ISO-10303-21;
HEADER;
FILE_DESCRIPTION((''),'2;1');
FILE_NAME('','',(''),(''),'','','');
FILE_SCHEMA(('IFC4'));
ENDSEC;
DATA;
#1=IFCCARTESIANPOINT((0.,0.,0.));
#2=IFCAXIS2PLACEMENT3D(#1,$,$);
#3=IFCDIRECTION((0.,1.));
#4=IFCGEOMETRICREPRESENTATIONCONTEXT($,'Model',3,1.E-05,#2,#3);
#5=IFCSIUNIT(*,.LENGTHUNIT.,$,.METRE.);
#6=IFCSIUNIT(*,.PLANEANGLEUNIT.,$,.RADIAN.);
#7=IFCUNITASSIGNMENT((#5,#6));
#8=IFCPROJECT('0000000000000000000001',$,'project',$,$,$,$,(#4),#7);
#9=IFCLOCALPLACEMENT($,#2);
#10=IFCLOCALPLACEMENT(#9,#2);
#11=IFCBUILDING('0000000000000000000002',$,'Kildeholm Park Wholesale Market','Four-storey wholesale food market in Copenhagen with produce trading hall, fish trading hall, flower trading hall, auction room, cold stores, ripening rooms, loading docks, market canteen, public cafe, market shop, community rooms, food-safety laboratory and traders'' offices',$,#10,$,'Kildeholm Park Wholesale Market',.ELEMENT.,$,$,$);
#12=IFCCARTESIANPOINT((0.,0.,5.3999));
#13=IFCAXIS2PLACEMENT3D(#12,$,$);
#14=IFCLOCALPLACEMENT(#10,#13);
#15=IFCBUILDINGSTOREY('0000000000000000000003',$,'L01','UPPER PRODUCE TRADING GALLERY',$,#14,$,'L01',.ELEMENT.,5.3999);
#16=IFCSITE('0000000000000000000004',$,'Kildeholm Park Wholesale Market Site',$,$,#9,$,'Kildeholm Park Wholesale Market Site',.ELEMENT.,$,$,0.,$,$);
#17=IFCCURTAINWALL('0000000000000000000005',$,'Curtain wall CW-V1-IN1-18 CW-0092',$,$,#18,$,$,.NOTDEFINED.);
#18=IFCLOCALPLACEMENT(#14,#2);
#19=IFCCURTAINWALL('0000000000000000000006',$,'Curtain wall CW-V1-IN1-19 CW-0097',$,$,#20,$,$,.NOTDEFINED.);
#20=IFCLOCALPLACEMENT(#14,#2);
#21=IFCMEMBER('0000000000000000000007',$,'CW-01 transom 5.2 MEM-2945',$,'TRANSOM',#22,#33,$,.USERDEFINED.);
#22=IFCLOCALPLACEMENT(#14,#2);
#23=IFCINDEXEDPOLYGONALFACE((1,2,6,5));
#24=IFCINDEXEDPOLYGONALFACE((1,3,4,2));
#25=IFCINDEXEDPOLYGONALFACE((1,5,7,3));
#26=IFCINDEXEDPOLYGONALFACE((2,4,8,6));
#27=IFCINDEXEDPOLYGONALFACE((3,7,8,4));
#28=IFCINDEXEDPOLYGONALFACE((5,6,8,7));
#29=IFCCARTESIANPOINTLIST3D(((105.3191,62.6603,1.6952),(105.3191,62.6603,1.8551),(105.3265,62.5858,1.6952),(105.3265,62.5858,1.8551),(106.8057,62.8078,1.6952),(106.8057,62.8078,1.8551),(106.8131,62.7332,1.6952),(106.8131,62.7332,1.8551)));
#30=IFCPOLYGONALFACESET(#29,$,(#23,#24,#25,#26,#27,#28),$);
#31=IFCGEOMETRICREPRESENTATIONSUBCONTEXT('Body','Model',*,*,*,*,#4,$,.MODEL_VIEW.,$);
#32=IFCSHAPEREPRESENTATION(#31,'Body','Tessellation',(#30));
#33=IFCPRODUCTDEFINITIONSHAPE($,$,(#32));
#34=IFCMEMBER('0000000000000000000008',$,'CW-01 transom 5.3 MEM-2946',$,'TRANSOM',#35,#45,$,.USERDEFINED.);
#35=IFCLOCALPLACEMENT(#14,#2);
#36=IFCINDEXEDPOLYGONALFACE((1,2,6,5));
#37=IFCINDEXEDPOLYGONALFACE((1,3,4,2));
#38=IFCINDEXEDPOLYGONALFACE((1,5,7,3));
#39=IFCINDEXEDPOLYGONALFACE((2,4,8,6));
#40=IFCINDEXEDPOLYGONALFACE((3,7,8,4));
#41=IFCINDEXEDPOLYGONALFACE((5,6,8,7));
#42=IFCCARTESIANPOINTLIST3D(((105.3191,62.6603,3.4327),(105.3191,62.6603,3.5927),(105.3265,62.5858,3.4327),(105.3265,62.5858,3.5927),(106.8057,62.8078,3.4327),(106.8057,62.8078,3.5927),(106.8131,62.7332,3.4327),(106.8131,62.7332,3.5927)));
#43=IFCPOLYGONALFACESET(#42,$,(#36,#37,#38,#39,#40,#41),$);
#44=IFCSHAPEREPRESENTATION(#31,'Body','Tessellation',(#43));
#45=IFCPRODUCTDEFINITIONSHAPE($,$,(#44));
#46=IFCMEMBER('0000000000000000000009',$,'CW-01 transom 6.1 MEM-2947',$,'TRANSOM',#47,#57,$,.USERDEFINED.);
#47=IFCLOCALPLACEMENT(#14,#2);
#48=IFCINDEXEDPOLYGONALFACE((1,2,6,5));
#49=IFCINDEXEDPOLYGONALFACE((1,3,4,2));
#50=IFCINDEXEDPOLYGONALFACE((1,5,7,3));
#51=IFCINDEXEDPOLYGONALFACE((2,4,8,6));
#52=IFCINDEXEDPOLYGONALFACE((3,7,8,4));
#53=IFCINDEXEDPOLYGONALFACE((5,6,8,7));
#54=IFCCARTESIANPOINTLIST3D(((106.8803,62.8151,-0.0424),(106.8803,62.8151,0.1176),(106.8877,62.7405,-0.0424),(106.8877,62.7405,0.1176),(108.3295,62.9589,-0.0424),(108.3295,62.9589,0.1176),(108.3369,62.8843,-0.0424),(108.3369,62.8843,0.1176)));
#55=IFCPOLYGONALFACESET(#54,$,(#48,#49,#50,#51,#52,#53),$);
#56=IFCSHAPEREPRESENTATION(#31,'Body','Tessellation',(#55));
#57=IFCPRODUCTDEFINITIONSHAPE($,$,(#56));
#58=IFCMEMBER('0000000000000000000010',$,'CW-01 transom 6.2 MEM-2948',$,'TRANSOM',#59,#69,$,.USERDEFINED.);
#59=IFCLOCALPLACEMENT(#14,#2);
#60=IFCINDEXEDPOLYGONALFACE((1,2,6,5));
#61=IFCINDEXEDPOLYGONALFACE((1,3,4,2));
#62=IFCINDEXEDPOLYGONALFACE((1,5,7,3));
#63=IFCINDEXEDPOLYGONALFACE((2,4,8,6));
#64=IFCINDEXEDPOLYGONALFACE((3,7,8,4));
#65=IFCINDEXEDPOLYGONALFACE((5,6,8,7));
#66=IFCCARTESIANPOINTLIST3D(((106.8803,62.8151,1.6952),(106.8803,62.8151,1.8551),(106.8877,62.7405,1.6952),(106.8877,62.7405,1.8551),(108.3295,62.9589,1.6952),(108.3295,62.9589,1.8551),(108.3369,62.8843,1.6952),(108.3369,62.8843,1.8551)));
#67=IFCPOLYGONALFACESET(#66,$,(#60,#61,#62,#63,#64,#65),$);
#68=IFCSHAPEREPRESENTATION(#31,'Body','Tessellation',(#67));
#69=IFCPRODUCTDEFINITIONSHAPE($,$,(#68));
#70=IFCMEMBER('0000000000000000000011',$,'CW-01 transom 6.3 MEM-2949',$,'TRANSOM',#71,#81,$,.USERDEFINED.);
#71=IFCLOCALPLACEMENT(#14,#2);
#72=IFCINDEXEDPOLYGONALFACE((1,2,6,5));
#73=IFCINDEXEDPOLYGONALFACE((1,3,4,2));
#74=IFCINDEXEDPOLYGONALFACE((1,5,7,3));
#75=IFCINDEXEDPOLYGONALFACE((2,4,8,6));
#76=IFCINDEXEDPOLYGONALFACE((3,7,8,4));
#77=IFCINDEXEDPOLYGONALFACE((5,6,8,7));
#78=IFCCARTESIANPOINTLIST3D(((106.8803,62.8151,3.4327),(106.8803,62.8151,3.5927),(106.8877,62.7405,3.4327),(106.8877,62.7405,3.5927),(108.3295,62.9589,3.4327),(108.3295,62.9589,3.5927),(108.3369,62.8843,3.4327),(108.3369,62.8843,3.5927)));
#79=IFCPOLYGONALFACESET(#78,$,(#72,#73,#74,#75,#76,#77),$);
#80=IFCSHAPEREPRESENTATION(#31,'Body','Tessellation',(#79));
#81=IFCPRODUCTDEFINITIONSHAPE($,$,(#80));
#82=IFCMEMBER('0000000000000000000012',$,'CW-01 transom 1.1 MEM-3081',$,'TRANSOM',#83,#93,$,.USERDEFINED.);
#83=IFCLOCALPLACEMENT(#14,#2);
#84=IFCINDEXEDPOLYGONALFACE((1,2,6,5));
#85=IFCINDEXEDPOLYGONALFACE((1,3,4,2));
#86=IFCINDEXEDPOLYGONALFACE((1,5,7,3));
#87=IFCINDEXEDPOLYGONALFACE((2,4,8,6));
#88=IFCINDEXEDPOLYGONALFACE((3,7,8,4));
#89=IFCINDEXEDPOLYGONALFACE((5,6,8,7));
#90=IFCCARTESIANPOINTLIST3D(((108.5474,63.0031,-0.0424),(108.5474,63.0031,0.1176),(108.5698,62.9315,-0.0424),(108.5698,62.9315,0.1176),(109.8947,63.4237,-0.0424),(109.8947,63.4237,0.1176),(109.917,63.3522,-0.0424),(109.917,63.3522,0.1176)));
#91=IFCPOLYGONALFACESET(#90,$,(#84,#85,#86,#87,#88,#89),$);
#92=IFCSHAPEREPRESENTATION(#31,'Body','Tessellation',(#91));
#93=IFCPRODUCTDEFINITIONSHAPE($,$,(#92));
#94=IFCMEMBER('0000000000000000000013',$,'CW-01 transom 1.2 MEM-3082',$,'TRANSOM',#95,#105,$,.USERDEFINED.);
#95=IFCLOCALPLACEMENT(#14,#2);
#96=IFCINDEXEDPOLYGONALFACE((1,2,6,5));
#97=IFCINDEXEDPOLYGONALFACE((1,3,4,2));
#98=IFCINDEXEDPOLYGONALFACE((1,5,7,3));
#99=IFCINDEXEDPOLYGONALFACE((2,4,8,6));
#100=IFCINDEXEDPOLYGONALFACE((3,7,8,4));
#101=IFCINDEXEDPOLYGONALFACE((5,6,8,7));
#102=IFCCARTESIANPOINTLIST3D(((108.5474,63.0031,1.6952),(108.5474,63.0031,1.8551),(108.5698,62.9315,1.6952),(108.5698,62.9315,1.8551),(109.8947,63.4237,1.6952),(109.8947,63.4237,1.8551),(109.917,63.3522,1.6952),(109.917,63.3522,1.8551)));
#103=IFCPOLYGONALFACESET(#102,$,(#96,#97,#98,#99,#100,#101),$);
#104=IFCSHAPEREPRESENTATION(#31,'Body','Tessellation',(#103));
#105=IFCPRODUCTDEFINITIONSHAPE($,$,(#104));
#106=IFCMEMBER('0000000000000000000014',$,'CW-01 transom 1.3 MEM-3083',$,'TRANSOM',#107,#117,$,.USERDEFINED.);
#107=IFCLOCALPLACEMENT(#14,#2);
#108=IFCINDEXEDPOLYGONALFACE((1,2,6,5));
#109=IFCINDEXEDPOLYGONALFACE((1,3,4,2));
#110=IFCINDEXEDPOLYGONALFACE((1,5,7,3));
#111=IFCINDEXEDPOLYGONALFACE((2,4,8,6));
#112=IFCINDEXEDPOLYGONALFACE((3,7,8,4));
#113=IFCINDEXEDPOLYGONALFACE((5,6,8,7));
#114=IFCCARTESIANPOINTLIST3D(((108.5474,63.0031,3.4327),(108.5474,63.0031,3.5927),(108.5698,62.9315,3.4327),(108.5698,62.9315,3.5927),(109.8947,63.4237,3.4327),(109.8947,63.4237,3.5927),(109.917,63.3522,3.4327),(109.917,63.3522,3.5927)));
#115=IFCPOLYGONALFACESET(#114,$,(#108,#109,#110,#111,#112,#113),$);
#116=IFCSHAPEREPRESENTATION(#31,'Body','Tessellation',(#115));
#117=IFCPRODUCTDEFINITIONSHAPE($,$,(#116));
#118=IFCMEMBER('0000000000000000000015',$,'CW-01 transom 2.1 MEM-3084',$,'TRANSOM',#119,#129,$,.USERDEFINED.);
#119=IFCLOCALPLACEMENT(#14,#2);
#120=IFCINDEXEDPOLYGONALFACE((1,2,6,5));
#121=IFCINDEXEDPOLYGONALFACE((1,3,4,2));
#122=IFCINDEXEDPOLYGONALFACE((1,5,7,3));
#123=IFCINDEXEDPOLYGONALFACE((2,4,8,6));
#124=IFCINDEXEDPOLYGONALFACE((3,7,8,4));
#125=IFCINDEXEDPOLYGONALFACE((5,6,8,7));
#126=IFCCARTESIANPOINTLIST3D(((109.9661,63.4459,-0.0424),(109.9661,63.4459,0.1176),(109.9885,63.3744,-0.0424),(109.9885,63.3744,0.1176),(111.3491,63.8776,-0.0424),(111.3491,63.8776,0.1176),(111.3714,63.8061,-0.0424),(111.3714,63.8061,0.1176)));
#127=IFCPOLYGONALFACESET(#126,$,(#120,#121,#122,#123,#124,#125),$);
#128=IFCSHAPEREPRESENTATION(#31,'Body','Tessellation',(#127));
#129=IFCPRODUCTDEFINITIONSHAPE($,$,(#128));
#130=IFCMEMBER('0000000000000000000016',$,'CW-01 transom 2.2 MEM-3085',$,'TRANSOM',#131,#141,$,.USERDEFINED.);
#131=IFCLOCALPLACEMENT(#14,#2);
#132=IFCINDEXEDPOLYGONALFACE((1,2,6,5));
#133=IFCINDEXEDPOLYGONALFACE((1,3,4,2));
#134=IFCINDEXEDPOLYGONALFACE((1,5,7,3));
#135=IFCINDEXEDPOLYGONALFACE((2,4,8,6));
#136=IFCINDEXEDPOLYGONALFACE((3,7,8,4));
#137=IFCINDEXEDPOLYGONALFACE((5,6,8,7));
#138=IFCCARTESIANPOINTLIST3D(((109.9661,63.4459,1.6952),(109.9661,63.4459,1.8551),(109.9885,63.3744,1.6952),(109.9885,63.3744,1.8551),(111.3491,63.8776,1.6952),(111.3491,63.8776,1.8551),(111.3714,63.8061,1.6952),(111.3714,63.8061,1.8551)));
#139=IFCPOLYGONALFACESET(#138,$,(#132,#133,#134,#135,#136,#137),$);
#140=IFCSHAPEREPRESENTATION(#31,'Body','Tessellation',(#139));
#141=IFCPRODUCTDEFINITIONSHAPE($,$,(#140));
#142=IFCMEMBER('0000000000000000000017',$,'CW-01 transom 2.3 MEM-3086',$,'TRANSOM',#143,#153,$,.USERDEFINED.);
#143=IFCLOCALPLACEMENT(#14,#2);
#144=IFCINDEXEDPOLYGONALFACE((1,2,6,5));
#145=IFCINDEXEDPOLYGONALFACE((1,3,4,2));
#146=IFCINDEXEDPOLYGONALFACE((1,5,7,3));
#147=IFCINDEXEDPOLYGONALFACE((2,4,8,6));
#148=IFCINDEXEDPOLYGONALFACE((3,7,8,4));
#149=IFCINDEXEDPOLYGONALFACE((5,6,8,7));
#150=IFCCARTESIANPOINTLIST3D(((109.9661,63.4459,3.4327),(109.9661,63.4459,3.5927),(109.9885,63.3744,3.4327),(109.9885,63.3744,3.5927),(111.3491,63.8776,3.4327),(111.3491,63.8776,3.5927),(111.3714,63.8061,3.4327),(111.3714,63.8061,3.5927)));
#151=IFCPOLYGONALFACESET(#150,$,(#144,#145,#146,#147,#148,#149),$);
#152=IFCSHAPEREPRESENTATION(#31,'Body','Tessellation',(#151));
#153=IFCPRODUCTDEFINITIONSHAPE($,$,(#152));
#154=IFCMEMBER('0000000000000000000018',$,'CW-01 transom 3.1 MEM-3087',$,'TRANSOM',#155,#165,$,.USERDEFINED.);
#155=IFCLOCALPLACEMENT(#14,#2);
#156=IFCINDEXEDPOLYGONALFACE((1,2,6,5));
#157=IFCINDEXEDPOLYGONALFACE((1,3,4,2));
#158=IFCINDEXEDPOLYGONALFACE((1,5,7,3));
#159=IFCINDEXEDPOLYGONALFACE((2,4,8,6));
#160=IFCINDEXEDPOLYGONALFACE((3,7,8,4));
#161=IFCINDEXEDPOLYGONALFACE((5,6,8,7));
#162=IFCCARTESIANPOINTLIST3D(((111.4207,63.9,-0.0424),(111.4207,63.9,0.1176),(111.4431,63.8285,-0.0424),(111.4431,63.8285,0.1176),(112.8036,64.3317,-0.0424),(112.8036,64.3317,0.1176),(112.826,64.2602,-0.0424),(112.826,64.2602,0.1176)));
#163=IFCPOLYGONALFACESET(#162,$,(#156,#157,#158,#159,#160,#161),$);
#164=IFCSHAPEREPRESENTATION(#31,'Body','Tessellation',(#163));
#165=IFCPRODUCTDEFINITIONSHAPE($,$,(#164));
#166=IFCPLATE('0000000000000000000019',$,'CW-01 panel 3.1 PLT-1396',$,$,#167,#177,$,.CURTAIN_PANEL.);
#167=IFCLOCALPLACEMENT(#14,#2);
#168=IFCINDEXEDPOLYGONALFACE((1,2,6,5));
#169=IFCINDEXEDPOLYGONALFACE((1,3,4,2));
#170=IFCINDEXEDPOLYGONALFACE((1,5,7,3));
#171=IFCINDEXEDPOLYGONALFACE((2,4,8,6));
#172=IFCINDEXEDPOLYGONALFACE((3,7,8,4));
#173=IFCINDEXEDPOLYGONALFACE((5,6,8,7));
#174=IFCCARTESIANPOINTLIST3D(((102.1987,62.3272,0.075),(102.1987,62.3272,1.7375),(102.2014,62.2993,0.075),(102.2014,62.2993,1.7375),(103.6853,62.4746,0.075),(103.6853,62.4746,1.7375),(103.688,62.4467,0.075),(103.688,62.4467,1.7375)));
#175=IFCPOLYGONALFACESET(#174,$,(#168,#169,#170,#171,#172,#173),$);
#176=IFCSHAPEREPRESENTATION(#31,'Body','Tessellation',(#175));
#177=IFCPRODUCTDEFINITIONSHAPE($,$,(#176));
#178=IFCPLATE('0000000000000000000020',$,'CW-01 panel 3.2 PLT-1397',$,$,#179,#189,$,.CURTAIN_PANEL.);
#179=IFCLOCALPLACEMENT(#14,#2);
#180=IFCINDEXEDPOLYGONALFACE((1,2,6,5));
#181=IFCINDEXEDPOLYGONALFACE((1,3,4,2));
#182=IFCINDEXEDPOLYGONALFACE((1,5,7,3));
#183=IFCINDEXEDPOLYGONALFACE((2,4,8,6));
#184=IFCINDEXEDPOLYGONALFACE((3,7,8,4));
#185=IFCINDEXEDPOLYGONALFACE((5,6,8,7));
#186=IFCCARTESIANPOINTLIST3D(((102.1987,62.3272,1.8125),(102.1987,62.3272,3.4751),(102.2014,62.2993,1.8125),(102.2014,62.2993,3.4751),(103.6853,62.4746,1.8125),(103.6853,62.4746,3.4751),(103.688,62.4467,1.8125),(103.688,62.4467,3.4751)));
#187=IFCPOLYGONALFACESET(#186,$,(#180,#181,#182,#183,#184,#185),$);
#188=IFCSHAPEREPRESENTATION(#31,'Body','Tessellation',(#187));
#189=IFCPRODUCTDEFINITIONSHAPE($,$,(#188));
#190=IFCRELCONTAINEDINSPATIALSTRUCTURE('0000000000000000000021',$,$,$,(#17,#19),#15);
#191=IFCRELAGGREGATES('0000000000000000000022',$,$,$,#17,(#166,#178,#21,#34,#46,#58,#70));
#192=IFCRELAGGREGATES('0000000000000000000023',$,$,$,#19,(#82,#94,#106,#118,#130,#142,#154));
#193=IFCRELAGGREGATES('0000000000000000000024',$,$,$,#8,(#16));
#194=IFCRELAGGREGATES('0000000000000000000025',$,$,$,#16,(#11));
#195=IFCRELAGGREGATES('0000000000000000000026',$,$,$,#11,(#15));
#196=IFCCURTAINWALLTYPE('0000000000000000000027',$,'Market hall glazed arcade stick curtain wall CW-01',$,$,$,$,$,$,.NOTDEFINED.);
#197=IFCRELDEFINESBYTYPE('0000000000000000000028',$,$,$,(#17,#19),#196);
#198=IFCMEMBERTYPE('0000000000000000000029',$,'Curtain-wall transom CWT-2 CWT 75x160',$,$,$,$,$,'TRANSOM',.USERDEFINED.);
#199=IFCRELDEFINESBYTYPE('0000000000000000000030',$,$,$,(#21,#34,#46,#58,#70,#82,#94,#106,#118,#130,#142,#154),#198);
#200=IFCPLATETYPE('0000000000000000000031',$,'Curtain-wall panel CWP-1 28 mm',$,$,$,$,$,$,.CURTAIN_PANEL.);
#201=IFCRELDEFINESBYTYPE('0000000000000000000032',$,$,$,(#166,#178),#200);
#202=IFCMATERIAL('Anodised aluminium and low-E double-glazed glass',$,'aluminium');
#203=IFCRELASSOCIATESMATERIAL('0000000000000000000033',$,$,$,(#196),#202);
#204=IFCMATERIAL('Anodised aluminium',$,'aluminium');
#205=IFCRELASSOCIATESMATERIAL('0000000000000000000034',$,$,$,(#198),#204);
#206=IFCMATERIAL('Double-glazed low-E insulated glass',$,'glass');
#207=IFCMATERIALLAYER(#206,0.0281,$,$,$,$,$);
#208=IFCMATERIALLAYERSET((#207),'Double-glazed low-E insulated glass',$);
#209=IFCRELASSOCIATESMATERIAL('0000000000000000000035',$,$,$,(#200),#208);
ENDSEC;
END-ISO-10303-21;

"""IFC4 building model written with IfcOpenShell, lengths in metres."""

from ifc_helpers import new_model, si_unit, direction, frame, origin, origin_2d, place, context, subcontext, project, spatial, rectangle, extrude, material, layer, layer_set, material_profile, profile_set, type_object, element, aggregate, save


model = new_model("IFC4")

# Units and contexts
model_context = context("Model", 3, precision=1e-05, world=origin(), true_north=direction((0.0, 1.0)))
body_context = subcontext(model_context, "Body", "Model", "MODEL_VIEW")
ifc_project = project(units=[si_unit("LENGTHUNIT", "METRE"), si_unit("PLANEANGLEUNIT", "RADIAN")], contexts=[model_context])

# Site, building, storey
site_placement = place(None, origin())
site = spatial("IfcSite", under=ifc_project, at=site_placement, Name="Kildeholm Park Wholesale Market Site", LongName="Kildeholm Park Wholesale Market Site", CompositionType="ELEMENT", RefElevation=0.0)
building_placement = place(site_placement, origin())
building = spatial("IfcBuilding", under=site, at=building_placement, Name="Kildeholm Park Wholesale Market", Description="Four-storey wholesale food market in Copenhagen with produce trading hall, fish trading hall, flower trading hall, auction room, cold stores, ripening rooms, loading docks, market canteen, public cafe, market shop, community rooms, food-safety laboratory and traders' offices", LongName="Kildeholm Park Wholesale Market", CompositionType="ELEMENT")
storey_placement = place(building_placement, frame((0.0, 0.0, 5.3999)))
storey = spatial("IfcBuildingStorey", under=building, at=storey_placement, Name="L01", Description="UPPER PRODUCE TRADING GALLERY", LongName="L01", CompositionType="ELEMENT", Elevation=5.3999)

# Curtain walls
ifc_material_1 = material(Name="Anodised aluminium and low-E double-glazed glass", Category="aluminium")
curtain_wall_type = type_object("IfcCurtainWallType", Name="Market hall glazed arcade stick curtain wall CW-01", PredefinedType="NOTDEFINED", material=ifc_material_1)
curtain_wall_1_placement = place(storey_placement, origin())
curtain_wall_1 = element("IfcCurtainWall", 1, at=curtain_wall_1_placement, inside=storey, type_object=curtain_wall_type, Name="Curtain wall CW-V1-IN1-18 CW-0092", PredefinedType="NOTDEFINED")
ifc_material_2 = material(Name="Anodised aluminium", Category="aluminium")
curtain_wall_2_placement = place(storey_placement, origin())
curtain_wall_2 = element("IfcCurtainWall", 2, at=curtain_wall_2_placement, inside=storey, type_object=curtain_wall_type, Name="Curtain wall CW-V1-IN1-19 CW-0097", PredefinedType="NOTDEFINED")

# Members
ifc_material_profile_1 = material_profile(ifc_material_2, rectangle(XDim=0.075, YDim=0.1599, at=origin_2d()), Name="CWT 75x160")
ifc_profile_set_1 = profile_set([ifc_material_profile_1], Name="Anodised aluminium")
member_type_1 = type_object("IfcMemberType", Name="Curtain-wall transom CWT-2 CWT 75x160", ElementType="TRANSOM", PredefinedType="USERDEFINED", material=ifc_profile_set_1)
member_1_placement = place(storey_placement, frame((105.3228, 62.623, 1.7751), z_axis=(0.995116, 0.098711, 0.0), x_axis=(-0.098711, 0.995116, 0.0)))
member_1 = element("IfcMember", 3, at=member_1_placement, type_object=member_type_1, Name="CW-01 transom 5.2 MEM-2945", ObjectType="TRANSOM", PredefinedType="USERDEFINED", context=body_context, shape_type="SweptSolid", body=[
    extrude(rectangle(XDim=0.075, YDim=0.1599, at=origin_2d()), origin(), (0.0, 0.0, 1.0), 1.4939),
])
member_2_placement = place(storey_placement, frame((105.3228, 62.623, 3.5127), z_axis=(0.995116, 0.098711, 0.0), x_axis=(-0.098711, 0.995116, 0.0)))
member_2 = element("IfcMember", 4, at=member_2_placement, type_object=member_type_1, Name="CW-01 transom 5.3 MEM-2946", ObjectType="TRANSOM", PredefinedType="USERDEFINED", context=body_context, shape_type="SweptSolid", body=[
    extrude(rectangle(XDim=0.075, YDim=0.1599, at=origin_2d()), origin(), (0.0, 0.0, 1.0), 1.4939),
])
member_3_placement = place(storey_placement, frame((106.884, 62.7778, 0.0376), z_axis=(0.995113, 0.09874, 0.0), x_axis=(-0.09874, 0.995113, 0.0)))
member_3 = element("IfcMember", 5, at=member_3_placement, type_object=member_type_1, Name="CW-01 transom 6.1 MEM-2947", ObjectType="TRANSOM", PredefinedType="USERDEFINED", context=body_context, shape_type="SweptSolid", body=[
    extrude(rectangle(XDim=0.075, YDim=0.1599, at=origin_2d()), origin(), (0.0, 0.0, 1.0), 1.4563),
])
member_4_placement = place(storey_placement, frame((106.884, 62.7778, 1.7751), z_axis=(0.995113, 0.09874, 0.0), x_axis=(-0.09874, 0.995113, 0.0)))
member_4 = element("IfcMember", 6, at=member_4_placement, type_object=member_type_1, Name="CW-01 transom 6.2 MEM-2948", ObjectType="TRANSOM", PredefinedType="USERDEFINED", context=body_context, shape_type="SweptSolid", body=[
    extrude(rectangle(XDim=0.075, YDim=0.1599, at=origin_2d()), origin(), (0.0, 0.0, 1.0), 1.4563),
])
member_5_placement = place(storey_placement, frame((106.884, 62.7778, 3.5127), z_axis=(0.995113, 0.09874, 0.0), x_axis=(-0.09874, 0.995113, 0.0)))
member_5 = element("IfcMember", 7, at=member_5_placement, type_object=member_type_1, Name="CW-01 transom 6.3 MEM-2949", ObjectType="TRANSOM", PredefinedType="USERDEFINED", context=body_context, shape_type="SweptSolid", body=[
    extrude(rectangle(XDim=0.075, YDim=0.1599, at=origin_2d()), origin(), (0.0, 0.0, 1.0), 1.4563),
])
member_6_placement = place(storey_placement, frame((108.5586, 62.9673, 0.0376), z_axis=(0.954548, 0.298058, 0.0), x_axis=(-0.298058, 0.954548, 0.0)))
member_6 = element("IfcMember", 8, at=member_6_placement, type_object=member_type_1, Name="CW-01 transom 1.1 MEM-3081", ObjectType="TRANSOM", PredefinedType="USERDEFINED", context=body_context, shape_type="SweptSolid", body=[
    extrude(rectangle(XDim=0.075, YDim=0.1599, at=origin_2d()), origin(), (0.0, 0.0, 1.0), 1.4114),
])
member_7_placement = place(storey_placement, frame((108.5586, 62.9673, 1.7751), z_axis=(0.954548, 0.298058, 0.0), x_axis=(-0.298058, 0.954548, 0.0)))
member_7 = element("IfcMember", 9, at=member_7_placement, type_object=member_type_1, Name="CW-01 transom 1.2 MEM-3082", ObjectType="TRANSOM", PredefinedType="USERDEFINED", context=body_context, shape_type="SweptSolid", body=[
    extrude(rectangle(XDim=0.075, YDim=0.1599, at=origin_2d()), origin(), (0.0, 0.0, 1.0), 1.4114),
])
member_8_placement = place(storey_placement, frame((108.5586, 62.9673, 3.5127), z_axis=(0.954548, 0.298058, 0.0), x_axis=(-0.298058, 0.954548, 0.0)))
member_8 = element("IfcMember", 10, at=member_8_placement, type_object=member_type_1, Name="CW-01 transom 1.3 MEM-3083", ObjectType="TRANSOM", PredefinedType="USERDEFINED", context=body_context, shape_type="SweptSolid", body=[
    extrude(rectangle(XDim=0.075, YDim=0.1599, at=origin_2d()), origin(), (0.0, 0.0, 1.0), 1.4114),
])
member_9_placement = place(storey_placement, frame((109.9773, 63.4102, 0.0376), z_axis=(0.954576, 0.297968, 0.0), x_axis=(-0.297968, 0.954576, 0.0)))
member_9 = element("IfcMember", 11, at=member_9_placement, type_object=member_type_1, Name="CW-01 transom 2.1 MEM-3084", ObjectType="TRANSOM", PredefinedType="USERDEFINED", context=body_context, shape_type="SweptSolid", body=[
    extrude(rectangle(XDim=0.075, YDim=0.1599, at=origin_2d()), origin(), (0.0, 0.0, 1.0), 1.4487),
])
member_10_placement = place(storey_placement, frame((109.9773, 63.4102, 1.7751), z_axis=(0.954576, 0.297968, 0.0), x_axis=(-0.297968, 0.954576, 0.0)))
member_10 = element("IfcMember", 12, at=member_10_placement, type_object=member_type_1, Name="CW-01 transom 2.2 MEM-3085", ObjectType="TRANSOM", PredefinedType="USERDEFINED", context=body_context, shape_type="SweptSolid", body=[
    extrude(rectangle(XDim=0.075, YDim=0.1599, at=origin_2d()), origin(), (0.0, 0.0, 1.0), 1.4487),
])
member_11_placement = place(storey_placement, frame((109.9773, 63.4102, 3.5127), z_axis=(0.954576, 0.297968, 0.0), x_axis=(-0.297968, 0.954576, 0.0)))
member_11 = element("IfcMember", 13, at=member_11_placement, type_object=member_type_1, Name="CW-01 transom 2.3 MEM-3086", ObjectType="TRANSOM", PredefinedType="USERDEFINED", context=body_context, shape_type="SweptSolid", body=[
    extrude(rectangle(XDim=0.075, YDim=0.1599, at=origin_2d()), origin(), (0.0, 0.0, 1.0), 1.4487),
])
member_12_placement = place(storey_placement, frame((111.4319, 63.8643, 0.0376), z_axis=(0.954576, 0.297968, 0.0), x_axis=(-0.297968, 0.954576, 0.0)))
member_12 = element("IfcMember", 14, at=member_12_placement, type_object=member_type_1, Name="CW-01 transom 3.1 MEM-3087", ObjectType="TRANSOM", PredefinedType="USERDEFINED", context=body_context, shape_type="SweptSolid", body=[
    extrude(rectangle(XDim=0.075, YDim=0.1599, at=origin_2d()), origin(), (0.0, 0.0, 1.0), 1.4487),
])

# Plates
ifc_material_3 = material(Name="Double-glazed low-E insulated glass", Category="glass")
ifc_layer = layer(ifc_material_3, 0.0281)
ifc_layer_set = layer_set([ifc_layer], Name="Double-glazed low-E insulated glass")
plate_type = type_object("IfcPlateType", Name="Curtain-wall panel CWP-1 28 mm", PredefinedType="CURTAIN_PANEL", material=ifc_layer_set)
plate_1_placement = place(storey_placement, frame((102.9434, 62.387, 0.075), z_axis=(0.0, 0.0, 1.0), x_axis=(0.995119, 0.098683, 0.0)))
plate_1 = element("IfcPlate", 15, at=plate_1_placement, type_object=plate_type, Name="CW-01 panel 3.1 PLT-1396", PredefinedType="CURTAIN_PANEL", context=body_context, shape_type="SweptSolid", body=[
    extrude(rectangle(XDim=1.4939, YDim=0.0281, at=origin_2d()), origin(), (0.0, 0.0, 1.0), 1.6626),
])
plate_2_placement = place(storey_placement, frame((102.9434, 62.387, 1.8125), z_axis=(0.0, 0.0, 1.0), x_axis=(0.995119, 0.098683, 0.0)))
plate_2 = element("IfcPlate", 16, at=plate_2_placement, type_object=plate_type, Name="CW-01 panel 3.2 PLT-1397", PredefinedType="CURTAIN_PANEL", context=body_context, shape_type="SweptSolid", body=[
    extrude(rectangle(XDim=1.4939, YDim=0.0281, at=origin_2d()), origin(), (0.0, 0.0, 1.0), 1.6626),
])
aggregate(curtain_wall_1, [plate_1, plate_2, member_1, member_2, member_3, member_4, member_5])
aggregate(curtain_wall_2, [member_6, member_7, member_8, member_9, member_10, member_11, member_12])

save(model, "model.ifc")
